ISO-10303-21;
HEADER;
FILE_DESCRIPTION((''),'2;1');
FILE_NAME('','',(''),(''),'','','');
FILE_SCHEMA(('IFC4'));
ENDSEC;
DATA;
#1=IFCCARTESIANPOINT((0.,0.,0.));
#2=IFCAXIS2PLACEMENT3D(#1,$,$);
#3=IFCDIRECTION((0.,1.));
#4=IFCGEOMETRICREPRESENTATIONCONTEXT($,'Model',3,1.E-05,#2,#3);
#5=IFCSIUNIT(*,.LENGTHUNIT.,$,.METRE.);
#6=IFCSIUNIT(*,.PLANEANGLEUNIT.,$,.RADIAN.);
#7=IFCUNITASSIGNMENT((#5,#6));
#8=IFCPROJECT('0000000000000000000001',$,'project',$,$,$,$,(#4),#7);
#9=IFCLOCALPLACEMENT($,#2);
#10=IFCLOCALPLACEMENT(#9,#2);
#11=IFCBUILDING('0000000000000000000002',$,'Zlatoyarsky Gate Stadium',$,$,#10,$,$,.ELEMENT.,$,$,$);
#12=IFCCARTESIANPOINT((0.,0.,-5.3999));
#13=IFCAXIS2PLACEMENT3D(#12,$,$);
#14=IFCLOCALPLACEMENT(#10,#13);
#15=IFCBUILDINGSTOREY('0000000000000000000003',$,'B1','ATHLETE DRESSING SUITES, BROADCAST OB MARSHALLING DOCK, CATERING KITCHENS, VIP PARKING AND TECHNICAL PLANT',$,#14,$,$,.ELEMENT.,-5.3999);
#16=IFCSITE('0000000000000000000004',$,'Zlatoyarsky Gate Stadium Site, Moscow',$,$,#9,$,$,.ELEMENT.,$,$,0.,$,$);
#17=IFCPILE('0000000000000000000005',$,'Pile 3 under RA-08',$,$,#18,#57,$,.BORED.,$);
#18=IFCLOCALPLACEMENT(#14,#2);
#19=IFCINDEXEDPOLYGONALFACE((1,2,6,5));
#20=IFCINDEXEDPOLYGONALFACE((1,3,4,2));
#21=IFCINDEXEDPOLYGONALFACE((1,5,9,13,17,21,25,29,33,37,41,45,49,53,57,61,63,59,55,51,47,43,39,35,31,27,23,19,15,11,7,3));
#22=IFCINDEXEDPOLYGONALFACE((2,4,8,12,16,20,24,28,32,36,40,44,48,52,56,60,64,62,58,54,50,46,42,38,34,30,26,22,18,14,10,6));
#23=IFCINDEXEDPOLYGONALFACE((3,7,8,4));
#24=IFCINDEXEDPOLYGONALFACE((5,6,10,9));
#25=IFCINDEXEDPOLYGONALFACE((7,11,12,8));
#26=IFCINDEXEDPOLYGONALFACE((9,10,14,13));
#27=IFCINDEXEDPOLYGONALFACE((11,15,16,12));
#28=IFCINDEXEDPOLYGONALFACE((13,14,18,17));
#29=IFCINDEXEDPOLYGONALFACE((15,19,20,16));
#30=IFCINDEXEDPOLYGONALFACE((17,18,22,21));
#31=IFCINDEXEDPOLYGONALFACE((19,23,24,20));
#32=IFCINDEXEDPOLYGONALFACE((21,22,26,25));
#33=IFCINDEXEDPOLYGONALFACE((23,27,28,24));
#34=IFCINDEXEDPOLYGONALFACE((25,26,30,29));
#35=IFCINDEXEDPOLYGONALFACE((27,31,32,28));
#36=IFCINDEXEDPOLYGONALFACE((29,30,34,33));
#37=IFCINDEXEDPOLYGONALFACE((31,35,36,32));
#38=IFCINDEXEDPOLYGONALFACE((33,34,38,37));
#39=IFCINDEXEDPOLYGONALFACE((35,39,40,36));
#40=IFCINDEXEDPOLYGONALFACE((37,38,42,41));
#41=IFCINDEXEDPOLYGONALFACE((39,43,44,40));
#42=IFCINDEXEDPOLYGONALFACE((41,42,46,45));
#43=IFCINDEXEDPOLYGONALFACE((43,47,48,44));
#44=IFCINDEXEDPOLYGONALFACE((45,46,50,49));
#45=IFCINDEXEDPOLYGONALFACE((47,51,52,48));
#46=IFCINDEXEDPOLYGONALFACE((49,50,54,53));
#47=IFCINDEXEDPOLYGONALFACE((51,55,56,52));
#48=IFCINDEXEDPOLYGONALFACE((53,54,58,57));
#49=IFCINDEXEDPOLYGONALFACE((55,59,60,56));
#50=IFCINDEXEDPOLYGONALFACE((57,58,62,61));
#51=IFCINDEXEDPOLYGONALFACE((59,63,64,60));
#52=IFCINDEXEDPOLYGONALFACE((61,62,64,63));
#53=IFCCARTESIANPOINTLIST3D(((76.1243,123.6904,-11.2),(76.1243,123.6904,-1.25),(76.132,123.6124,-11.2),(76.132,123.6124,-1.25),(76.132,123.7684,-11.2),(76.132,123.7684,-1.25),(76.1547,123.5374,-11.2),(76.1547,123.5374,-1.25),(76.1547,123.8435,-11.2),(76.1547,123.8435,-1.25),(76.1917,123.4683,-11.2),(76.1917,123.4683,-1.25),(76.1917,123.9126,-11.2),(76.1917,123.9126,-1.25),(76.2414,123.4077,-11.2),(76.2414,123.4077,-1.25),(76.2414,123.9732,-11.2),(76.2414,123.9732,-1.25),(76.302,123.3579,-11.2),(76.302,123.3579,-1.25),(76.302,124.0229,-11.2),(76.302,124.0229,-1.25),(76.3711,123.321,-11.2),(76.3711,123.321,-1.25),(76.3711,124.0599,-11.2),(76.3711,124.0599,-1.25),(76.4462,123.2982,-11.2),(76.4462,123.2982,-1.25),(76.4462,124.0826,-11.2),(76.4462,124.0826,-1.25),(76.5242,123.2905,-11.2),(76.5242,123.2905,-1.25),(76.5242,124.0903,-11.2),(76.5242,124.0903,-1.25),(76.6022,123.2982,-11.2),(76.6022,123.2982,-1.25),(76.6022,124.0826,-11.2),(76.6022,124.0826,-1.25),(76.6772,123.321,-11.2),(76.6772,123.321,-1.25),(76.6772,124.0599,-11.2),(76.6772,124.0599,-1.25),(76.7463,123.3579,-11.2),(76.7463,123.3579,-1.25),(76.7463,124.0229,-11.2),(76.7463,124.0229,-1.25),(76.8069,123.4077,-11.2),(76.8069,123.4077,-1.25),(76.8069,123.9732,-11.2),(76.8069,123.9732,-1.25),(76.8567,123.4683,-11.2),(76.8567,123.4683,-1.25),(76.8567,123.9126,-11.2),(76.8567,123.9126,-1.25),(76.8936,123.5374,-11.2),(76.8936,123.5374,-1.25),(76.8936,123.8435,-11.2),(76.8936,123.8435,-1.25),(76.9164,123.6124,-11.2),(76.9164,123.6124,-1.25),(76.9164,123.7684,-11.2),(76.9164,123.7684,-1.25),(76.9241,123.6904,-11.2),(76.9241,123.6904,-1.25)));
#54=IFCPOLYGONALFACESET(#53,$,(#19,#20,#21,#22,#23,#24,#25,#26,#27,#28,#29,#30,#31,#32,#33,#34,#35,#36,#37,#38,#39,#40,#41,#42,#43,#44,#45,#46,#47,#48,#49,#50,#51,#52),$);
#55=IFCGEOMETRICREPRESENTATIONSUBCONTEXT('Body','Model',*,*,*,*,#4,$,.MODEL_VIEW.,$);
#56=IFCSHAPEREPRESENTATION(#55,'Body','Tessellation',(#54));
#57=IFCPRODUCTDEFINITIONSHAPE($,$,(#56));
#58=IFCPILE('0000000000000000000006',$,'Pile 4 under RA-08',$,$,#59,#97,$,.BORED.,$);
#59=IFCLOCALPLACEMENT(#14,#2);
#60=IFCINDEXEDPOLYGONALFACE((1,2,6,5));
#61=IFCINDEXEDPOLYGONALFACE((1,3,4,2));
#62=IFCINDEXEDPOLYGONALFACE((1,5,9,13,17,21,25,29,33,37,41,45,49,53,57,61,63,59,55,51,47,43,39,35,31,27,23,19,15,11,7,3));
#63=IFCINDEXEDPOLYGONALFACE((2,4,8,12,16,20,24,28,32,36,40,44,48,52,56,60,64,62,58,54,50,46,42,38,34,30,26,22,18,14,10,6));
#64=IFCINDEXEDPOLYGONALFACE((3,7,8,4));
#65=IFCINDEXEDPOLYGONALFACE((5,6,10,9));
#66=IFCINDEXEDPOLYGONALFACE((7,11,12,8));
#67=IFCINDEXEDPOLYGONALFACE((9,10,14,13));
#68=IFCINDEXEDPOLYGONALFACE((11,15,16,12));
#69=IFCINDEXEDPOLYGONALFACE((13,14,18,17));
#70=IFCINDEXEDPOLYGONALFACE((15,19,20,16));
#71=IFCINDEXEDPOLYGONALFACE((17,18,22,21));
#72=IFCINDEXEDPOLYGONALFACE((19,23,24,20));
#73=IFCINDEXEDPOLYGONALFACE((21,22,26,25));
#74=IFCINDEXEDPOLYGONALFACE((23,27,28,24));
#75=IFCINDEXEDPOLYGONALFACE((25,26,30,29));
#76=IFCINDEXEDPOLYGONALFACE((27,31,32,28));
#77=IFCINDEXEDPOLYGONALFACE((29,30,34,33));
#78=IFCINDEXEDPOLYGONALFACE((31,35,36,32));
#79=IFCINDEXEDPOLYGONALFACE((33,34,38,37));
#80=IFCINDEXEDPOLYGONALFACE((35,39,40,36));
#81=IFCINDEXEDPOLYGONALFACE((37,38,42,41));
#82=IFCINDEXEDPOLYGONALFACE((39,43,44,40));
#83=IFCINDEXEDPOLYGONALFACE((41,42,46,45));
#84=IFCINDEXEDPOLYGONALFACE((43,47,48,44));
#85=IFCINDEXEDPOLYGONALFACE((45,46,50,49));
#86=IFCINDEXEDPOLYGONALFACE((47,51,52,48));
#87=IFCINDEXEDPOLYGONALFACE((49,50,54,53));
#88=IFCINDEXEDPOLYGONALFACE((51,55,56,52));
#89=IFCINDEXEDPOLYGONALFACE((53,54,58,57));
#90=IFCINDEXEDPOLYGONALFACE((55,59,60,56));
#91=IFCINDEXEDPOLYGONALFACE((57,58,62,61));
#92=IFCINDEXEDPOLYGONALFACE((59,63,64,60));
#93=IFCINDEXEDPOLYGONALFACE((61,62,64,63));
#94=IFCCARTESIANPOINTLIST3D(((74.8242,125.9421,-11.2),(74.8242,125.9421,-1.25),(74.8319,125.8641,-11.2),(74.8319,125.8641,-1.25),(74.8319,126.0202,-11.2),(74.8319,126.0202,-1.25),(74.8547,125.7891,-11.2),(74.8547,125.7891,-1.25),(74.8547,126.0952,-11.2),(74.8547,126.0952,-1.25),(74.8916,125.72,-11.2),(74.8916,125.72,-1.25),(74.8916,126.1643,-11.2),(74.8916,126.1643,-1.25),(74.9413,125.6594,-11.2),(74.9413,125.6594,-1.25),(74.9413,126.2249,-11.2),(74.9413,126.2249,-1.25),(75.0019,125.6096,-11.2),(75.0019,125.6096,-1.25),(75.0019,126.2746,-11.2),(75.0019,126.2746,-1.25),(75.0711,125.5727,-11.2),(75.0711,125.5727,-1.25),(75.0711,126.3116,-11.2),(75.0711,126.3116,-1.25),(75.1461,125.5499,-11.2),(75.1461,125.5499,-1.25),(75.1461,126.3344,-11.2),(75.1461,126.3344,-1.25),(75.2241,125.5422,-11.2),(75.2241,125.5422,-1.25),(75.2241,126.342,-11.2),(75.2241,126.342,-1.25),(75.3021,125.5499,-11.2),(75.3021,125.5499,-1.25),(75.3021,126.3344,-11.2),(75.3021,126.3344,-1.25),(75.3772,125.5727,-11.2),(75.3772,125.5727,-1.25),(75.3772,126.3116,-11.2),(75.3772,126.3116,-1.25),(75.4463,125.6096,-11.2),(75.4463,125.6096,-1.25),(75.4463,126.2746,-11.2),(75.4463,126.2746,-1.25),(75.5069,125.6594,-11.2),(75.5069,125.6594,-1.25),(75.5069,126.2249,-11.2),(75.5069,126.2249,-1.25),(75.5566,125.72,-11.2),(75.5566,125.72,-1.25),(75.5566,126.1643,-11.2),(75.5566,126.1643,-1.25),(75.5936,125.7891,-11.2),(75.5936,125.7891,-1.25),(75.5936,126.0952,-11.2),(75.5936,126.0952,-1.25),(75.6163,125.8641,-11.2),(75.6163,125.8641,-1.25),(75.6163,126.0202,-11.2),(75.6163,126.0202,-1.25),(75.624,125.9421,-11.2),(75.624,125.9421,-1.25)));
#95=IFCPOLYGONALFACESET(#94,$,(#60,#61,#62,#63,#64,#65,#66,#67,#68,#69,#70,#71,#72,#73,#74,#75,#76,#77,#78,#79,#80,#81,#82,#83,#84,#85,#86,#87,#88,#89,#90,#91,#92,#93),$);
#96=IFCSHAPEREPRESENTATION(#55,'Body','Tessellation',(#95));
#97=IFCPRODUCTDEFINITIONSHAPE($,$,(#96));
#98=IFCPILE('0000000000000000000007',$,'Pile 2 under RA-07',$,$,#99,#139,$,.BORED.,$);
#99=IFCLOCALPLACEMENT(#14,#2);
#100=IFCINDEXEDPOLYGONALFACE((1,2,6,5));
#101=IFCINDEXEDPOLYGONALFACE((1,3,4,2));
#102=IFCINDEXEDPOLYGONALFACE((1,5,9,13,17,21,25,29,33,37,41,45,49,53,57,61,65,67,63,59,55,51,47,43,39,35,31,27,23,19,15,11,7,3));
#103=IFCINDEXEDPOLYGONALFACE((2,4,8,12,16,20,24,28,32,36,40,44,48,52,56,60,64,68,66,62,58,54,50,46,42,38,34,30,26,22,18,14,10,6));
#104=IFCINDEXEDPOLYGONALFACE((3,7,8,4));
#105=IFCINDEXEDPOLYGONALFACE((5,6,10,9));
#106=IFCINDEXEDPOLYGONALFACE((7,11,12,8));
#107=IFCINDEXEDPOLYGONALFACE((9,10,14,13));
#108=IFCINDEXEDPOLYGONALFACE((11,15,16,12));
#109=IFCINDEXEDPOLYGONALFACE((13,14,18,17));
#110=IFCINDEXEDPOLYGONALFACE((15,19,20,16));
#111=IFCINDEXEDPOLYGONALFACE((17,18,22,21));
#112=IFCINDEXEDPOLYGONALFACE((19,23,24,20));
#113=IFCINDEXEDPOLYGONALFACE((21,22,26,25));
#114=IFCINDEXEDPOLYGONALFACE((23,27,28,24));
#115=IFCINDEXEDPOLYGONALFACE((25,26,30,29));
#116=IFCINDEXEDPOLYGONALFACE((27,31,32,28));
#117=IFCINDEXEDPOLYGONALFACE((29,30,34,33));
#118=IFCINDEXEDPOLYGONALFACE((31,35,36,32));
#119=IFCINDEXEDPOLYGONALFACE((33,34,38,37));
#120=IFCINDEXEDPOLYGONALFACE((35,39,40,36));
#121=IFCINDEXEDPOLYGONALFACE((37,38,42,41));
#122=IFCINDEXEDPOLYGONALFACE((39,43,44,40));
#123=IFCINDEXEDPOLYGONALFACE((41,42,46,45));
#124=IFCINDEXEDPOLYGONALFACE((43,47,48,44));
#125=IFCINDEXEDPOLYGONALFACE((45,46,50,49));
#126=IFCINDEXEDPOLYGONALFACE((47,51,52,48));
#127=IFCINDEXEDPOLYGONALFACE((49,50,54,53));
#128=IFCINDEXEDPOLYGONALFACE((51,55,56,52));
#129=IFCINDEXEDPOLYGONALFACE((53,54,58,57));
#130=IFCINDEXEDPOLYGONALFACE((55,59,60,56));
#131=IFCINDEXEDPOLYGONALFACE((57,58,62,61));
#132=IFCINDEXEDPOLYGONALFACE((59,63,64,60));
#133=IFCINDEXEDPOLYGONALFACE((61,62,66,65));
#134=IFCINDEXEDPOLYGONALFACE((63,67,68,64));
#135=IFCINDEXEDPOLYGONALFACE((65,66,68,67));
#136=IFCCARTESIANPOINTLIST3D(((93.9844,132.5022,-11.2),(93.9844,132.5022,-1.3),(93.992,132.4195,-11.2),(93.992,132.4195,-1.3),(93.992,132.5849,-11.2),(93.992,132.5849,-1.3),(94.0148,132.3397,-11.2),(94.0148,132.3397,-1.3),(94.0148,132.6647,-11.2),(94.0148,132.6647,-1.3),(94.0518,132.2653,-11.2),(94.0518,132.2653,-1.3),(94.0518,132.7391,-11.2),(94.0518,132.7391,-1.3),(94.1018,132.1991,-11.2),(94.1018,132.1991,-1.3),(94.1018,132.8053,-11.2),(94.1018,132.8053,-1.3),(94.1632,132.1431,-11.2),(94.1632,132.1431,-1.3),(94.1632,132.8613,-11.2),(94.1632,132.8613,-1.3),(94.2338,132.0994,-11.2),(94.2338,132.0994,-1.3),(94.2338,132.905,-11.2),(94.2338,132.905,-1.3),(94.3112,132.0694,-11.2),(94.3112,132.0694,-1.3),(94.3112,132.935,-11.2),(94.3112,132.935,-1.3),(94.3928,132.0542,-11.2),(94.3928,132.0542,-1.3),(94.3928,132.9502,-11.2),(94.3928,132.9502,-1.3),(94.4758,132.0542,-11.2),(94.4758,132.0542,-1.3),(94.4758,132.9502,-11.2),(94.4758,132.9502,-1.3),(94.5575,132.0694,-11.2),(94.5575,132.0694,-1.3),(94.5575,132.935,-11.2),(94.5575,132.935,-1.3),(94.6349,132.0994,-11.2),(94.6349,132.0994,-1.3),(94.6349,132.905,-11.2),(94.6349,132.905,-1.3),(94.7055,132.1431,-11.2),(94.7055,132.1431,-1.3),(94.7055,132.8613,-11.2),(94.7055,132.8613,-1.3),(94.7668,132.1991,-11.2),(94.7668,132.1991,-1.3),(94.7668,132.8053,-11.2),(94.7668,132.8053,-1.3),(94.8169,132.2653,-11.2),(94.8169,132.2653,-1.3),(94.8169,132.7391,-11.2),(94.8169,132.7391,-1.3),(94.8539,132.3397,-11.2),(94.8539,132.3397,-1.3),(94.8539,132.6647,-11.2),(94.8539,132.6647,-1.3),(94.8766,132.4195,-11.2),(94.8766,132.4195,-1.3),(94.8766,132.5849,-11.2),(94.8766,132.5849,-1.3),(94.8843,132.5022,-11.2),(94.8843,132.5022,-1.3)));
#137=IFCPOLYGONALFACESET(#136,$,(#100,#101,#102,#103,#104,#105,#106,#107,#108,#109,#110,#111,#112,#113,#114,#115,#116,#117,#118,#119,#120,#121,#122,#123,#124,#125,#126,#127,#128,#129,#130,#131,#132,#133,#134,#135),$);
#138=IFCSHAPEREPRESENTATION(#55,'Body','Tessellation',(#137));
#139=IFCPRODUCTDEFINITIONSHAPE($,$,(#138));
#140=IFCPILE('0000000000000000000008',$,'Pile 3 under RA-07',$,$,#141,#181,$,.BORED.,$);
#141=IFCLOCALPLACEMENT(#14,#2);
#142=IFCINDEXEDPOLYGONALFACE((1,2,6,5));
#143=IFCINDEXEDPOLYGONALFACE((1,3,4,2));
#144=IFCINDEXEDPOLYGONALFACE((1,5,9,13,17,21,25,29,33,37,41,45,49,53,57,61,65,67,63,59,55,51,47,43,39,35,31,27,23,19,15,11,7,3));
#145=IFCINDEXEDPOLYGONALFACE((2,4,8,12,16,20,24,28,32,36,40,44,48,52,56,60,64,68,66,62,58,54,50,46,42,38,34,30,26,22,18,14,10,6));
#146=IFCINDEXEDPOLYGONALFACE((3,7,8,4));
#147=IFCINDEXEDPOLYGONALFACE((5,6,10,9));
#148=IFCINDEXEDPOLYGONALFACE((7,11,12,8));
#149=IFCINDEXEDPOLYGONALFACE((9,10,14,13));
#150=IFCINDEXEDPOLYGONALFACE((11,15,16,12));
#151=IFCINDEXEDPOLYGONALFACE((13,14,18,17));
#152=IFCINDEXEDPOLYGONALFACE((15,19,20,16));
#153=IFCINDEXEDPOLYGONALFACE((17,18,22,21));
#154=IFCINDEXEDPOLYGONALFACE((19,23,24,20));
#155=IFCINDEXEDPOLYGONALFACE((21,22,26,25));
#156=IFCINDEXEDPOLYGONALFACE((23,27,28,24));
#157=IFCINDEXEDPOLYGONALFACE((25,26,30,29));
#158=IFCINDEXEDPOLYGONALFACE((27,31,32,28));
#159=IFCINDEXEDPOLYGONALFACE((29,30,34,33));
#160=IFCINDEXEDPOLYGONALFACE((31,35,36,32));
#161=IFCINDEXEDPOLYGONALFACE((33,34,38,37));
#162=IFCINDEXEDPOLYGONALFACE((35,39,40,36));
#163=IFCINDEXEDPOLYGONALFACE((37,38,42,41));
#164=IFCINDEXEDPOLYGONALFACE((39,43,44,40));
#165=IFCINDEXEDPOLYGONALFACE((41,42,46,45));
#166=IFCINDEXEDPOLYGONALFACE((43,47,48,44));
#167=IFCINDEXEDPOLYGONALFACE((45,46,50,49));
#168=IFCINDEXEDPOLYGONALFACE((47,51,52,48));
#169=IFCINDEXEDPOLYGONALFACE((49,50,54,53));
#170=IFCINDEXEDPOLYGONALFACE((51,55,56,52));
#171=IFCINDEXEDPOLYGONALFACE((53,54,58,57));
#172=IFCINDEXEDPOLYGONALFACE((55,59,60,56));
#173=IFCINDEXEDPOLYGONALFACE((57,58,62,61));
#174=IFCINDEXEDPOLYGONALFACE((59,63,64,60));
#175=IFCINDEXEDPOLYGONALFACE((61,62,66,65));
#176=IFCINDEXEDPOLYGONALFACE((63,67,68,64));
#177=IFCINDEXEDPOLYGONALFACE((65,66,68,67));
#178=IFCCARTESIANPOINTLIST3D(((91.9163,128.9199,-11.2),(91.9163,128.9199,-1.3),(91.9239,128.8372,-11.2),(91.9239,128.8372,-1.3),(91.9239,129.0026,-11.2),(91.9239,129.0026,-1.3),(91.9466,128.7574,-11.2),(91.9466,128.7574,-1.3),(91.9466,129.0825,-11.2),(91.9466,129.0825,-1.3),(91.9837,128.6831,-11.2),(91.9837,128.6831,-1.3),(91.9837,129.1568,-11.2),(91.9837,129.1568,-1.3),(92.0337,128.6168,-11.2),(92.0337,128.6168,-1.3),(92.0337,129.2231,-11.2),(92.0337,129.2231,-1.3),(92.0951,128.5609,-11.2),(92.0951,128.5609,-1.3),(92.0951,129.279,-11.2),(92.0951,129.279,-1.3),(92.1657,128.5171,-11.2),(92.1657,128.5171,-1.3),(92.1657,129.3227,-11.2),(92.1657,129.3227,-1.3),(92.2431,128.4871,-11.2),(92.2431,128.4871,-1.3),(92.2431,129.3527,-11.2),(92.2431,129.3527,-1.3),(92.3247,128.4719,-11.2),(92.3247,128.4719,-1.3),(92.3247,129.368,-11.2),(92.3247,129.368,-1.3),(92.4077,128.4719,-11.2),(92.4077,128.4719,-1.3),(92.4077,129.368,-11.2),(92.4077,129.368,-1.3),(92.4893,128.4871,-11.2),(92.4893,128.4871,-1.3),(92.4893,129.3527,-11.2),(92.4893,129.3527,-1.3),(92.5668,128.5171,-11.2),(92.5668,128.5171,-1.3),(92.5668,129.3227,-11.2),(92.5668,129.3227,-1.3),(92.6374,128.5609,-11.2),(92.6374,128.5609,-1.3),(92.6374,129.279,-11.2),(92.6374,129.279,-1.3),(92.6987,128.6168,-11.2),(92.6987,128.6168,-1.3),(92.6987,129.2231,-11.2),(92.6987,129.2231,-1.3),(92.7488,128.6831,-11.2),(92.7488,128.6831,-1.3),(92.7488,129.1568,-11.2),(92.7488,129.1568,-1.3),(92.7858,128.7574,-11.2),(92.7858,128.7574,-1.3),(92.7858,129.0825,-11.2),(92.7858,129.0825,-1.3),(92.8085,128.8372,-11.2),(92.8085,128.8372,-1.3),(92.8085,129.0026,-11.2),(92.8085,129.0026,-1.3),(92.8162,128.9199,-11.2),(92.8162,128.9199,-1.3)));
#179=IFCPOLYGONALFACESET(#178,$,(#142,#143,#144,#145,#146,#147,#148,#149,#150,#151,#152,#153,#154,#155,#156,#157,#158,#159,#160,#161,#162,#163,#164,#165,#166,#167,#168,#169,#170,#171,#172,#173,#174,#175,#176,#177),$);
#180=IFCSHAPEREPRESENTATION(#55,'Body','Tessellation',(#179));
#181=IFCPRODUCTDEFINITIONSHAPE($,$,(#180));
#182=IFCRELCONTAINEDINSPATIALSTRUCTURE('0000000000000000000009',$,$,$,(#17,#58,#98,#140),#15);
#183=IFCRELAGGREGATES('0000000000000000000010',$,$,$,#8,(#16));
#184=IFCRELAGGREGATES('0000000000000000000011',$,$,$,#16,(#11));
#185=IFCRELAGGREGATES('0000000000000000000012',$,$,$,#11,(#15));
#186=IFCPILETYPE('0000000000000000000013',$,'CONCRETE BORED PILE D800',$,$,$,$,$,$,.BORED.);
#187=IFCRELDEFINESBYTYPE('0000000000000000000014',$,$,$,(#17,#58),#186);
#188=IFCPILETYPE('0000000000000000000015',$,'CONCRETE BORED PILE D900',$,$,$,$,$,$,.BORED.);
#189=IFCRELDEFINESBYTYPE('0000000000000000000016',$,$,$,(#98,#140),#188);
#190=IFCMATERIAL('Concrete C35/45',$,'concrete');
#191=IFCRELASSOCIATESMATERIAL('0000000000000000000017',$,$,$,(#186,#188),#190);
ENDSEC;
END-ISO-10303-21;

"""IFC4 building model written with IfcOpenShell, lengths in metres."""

from ifc_helpers import new_model, si_unit, direction, frame, origin, origin_2d, place, context, subcontext, project, spatial, circle, extrude, material, material_profile, profile_set, type_object, element, save


model = new_model("IFC4")

# Units and contexts
model_context = context("Model", 3, precision=1e-05, world=origin(), true_north=direction((0.0, 1.0)))
body_context = subcontext(model_context, "Body", "Model", "MODEL_VIEW")
ifc_project = project(units=[si_unit("LENGTHUNIT", "METRE"), si_unit("PLANEANGLEUNIT", "RADIAN")], contexts=[model_context])

# Site, building, storey
site_placement = place(None, origin())
site = spatial("IfcSite", under=ifc_project, at=site_placement, Name="Zlatoyarsky Gate Stadium Site, Moscow", CompositionType="ELEMENT", RefElevation=0.0)
building_placement = place(site_placement, origin())
building = spatial("IfcBuilding", under=site, at=building_placement, Name="Zlatoyarsky Gate Stadium", CompositionType="ELEMENT")
storey_placement = place(building_placement, frame((0.0, 0.0, -5.3999)))
storey = spatial("IfcBuildingStorey", under=building, at=storey_placement, Name="B1", Description="ATHLETE DRESSING SUITES, BROADCAST OB MARSHALLING DOCK, CATERING KITCHENS, VIP PARKING AND TECHNICAL PLANT", CompositionType="ELEMENT", Elevation=-5.3999)

# Piles
ifc_material_1 = material(Name="Concrete C35/45", Category="concrete")
ifc_material_profile_1 = material_profile(ifc_material_1, circle(Radius=0.3999, at=origin_2d()), Name="BORED PILE D800")
ifc_profile_set_1 = profile_set([ifc_material_profile_1], Name="Concrete C35/45")
pile_type_1 = type_object("IfcPileType", Name="CONCRETE BORED PILE D800", PredefinedType="BORED", material=ifc_profile_set_1)
for number, where, z_axis, x_axis, name in (
    (1, (76.5242, 123.6904, -1.25), (0.0, 0.0, -1.0), (1.0, 0.0, 0.0), "Pile 3 under RA-08"),
    (2, (75.2241, 125.9421, -1.25), (0.0, 0.0, -1.0), (1.0, 0.0, 0.0), "Pile 4 under RA-08"),
):
    element("IfcPile", number, at=place(storey_placement, frame(where, z_axis=z_axis, x_axis=x_axis)), inside=storey, type_object=pile_type_1, Name=name, PredefinedType="BORED", context=body_context, shape_type="SweptSolid", body=[
        extrude(circle(Radius=0.3999, at=origin_2d()), origin(), (0.0, 0.0, 1.0), 9.95),
    ])
ifc_material_profile_2 = material_profile(ifc_material_1, circle(Radius=0.45, at=origin_2d()), Name="BORED PILE D900")
ifc_profile_set_2 = profile_set([ifc_material_profile_2], Name="Concrete C35/45")
pile_type_2 = type_object("IfcPileType", Name="CONCRETE BORED PILE D900", PredefinedType="BORED", material=ifc_profile_set_2)
for number, where, z_axis, x_axis, name in (
    (3, (94.4343, 132.5022, -1.3), (0.0, 0.0, -1.0), (1.0, 0.0, 0.0), "Pile 2 under RA-07"),
    (4, (92.3662, 128.9199, -1.3), (0.0, 0.0, -1.0), (1.0, 0.0, 0.0), "Pile 3 under RA-07"),
):
    element("IfcPile", number, at=place(storey_placement, frame(where, z_axis=z_axis, x_axis=x_axis)), inside=storey, type_object=pile_type_2, Name=name, PredefinedType="BORED", context=body_context, shape_type="SweptSolid", body=[
        extrude(circle(Radius=0.45, at=origin_2d()), origin(), (0.0, 0.0, 1.0), 9.8999),
    ])

save(model, "model.ifc")
